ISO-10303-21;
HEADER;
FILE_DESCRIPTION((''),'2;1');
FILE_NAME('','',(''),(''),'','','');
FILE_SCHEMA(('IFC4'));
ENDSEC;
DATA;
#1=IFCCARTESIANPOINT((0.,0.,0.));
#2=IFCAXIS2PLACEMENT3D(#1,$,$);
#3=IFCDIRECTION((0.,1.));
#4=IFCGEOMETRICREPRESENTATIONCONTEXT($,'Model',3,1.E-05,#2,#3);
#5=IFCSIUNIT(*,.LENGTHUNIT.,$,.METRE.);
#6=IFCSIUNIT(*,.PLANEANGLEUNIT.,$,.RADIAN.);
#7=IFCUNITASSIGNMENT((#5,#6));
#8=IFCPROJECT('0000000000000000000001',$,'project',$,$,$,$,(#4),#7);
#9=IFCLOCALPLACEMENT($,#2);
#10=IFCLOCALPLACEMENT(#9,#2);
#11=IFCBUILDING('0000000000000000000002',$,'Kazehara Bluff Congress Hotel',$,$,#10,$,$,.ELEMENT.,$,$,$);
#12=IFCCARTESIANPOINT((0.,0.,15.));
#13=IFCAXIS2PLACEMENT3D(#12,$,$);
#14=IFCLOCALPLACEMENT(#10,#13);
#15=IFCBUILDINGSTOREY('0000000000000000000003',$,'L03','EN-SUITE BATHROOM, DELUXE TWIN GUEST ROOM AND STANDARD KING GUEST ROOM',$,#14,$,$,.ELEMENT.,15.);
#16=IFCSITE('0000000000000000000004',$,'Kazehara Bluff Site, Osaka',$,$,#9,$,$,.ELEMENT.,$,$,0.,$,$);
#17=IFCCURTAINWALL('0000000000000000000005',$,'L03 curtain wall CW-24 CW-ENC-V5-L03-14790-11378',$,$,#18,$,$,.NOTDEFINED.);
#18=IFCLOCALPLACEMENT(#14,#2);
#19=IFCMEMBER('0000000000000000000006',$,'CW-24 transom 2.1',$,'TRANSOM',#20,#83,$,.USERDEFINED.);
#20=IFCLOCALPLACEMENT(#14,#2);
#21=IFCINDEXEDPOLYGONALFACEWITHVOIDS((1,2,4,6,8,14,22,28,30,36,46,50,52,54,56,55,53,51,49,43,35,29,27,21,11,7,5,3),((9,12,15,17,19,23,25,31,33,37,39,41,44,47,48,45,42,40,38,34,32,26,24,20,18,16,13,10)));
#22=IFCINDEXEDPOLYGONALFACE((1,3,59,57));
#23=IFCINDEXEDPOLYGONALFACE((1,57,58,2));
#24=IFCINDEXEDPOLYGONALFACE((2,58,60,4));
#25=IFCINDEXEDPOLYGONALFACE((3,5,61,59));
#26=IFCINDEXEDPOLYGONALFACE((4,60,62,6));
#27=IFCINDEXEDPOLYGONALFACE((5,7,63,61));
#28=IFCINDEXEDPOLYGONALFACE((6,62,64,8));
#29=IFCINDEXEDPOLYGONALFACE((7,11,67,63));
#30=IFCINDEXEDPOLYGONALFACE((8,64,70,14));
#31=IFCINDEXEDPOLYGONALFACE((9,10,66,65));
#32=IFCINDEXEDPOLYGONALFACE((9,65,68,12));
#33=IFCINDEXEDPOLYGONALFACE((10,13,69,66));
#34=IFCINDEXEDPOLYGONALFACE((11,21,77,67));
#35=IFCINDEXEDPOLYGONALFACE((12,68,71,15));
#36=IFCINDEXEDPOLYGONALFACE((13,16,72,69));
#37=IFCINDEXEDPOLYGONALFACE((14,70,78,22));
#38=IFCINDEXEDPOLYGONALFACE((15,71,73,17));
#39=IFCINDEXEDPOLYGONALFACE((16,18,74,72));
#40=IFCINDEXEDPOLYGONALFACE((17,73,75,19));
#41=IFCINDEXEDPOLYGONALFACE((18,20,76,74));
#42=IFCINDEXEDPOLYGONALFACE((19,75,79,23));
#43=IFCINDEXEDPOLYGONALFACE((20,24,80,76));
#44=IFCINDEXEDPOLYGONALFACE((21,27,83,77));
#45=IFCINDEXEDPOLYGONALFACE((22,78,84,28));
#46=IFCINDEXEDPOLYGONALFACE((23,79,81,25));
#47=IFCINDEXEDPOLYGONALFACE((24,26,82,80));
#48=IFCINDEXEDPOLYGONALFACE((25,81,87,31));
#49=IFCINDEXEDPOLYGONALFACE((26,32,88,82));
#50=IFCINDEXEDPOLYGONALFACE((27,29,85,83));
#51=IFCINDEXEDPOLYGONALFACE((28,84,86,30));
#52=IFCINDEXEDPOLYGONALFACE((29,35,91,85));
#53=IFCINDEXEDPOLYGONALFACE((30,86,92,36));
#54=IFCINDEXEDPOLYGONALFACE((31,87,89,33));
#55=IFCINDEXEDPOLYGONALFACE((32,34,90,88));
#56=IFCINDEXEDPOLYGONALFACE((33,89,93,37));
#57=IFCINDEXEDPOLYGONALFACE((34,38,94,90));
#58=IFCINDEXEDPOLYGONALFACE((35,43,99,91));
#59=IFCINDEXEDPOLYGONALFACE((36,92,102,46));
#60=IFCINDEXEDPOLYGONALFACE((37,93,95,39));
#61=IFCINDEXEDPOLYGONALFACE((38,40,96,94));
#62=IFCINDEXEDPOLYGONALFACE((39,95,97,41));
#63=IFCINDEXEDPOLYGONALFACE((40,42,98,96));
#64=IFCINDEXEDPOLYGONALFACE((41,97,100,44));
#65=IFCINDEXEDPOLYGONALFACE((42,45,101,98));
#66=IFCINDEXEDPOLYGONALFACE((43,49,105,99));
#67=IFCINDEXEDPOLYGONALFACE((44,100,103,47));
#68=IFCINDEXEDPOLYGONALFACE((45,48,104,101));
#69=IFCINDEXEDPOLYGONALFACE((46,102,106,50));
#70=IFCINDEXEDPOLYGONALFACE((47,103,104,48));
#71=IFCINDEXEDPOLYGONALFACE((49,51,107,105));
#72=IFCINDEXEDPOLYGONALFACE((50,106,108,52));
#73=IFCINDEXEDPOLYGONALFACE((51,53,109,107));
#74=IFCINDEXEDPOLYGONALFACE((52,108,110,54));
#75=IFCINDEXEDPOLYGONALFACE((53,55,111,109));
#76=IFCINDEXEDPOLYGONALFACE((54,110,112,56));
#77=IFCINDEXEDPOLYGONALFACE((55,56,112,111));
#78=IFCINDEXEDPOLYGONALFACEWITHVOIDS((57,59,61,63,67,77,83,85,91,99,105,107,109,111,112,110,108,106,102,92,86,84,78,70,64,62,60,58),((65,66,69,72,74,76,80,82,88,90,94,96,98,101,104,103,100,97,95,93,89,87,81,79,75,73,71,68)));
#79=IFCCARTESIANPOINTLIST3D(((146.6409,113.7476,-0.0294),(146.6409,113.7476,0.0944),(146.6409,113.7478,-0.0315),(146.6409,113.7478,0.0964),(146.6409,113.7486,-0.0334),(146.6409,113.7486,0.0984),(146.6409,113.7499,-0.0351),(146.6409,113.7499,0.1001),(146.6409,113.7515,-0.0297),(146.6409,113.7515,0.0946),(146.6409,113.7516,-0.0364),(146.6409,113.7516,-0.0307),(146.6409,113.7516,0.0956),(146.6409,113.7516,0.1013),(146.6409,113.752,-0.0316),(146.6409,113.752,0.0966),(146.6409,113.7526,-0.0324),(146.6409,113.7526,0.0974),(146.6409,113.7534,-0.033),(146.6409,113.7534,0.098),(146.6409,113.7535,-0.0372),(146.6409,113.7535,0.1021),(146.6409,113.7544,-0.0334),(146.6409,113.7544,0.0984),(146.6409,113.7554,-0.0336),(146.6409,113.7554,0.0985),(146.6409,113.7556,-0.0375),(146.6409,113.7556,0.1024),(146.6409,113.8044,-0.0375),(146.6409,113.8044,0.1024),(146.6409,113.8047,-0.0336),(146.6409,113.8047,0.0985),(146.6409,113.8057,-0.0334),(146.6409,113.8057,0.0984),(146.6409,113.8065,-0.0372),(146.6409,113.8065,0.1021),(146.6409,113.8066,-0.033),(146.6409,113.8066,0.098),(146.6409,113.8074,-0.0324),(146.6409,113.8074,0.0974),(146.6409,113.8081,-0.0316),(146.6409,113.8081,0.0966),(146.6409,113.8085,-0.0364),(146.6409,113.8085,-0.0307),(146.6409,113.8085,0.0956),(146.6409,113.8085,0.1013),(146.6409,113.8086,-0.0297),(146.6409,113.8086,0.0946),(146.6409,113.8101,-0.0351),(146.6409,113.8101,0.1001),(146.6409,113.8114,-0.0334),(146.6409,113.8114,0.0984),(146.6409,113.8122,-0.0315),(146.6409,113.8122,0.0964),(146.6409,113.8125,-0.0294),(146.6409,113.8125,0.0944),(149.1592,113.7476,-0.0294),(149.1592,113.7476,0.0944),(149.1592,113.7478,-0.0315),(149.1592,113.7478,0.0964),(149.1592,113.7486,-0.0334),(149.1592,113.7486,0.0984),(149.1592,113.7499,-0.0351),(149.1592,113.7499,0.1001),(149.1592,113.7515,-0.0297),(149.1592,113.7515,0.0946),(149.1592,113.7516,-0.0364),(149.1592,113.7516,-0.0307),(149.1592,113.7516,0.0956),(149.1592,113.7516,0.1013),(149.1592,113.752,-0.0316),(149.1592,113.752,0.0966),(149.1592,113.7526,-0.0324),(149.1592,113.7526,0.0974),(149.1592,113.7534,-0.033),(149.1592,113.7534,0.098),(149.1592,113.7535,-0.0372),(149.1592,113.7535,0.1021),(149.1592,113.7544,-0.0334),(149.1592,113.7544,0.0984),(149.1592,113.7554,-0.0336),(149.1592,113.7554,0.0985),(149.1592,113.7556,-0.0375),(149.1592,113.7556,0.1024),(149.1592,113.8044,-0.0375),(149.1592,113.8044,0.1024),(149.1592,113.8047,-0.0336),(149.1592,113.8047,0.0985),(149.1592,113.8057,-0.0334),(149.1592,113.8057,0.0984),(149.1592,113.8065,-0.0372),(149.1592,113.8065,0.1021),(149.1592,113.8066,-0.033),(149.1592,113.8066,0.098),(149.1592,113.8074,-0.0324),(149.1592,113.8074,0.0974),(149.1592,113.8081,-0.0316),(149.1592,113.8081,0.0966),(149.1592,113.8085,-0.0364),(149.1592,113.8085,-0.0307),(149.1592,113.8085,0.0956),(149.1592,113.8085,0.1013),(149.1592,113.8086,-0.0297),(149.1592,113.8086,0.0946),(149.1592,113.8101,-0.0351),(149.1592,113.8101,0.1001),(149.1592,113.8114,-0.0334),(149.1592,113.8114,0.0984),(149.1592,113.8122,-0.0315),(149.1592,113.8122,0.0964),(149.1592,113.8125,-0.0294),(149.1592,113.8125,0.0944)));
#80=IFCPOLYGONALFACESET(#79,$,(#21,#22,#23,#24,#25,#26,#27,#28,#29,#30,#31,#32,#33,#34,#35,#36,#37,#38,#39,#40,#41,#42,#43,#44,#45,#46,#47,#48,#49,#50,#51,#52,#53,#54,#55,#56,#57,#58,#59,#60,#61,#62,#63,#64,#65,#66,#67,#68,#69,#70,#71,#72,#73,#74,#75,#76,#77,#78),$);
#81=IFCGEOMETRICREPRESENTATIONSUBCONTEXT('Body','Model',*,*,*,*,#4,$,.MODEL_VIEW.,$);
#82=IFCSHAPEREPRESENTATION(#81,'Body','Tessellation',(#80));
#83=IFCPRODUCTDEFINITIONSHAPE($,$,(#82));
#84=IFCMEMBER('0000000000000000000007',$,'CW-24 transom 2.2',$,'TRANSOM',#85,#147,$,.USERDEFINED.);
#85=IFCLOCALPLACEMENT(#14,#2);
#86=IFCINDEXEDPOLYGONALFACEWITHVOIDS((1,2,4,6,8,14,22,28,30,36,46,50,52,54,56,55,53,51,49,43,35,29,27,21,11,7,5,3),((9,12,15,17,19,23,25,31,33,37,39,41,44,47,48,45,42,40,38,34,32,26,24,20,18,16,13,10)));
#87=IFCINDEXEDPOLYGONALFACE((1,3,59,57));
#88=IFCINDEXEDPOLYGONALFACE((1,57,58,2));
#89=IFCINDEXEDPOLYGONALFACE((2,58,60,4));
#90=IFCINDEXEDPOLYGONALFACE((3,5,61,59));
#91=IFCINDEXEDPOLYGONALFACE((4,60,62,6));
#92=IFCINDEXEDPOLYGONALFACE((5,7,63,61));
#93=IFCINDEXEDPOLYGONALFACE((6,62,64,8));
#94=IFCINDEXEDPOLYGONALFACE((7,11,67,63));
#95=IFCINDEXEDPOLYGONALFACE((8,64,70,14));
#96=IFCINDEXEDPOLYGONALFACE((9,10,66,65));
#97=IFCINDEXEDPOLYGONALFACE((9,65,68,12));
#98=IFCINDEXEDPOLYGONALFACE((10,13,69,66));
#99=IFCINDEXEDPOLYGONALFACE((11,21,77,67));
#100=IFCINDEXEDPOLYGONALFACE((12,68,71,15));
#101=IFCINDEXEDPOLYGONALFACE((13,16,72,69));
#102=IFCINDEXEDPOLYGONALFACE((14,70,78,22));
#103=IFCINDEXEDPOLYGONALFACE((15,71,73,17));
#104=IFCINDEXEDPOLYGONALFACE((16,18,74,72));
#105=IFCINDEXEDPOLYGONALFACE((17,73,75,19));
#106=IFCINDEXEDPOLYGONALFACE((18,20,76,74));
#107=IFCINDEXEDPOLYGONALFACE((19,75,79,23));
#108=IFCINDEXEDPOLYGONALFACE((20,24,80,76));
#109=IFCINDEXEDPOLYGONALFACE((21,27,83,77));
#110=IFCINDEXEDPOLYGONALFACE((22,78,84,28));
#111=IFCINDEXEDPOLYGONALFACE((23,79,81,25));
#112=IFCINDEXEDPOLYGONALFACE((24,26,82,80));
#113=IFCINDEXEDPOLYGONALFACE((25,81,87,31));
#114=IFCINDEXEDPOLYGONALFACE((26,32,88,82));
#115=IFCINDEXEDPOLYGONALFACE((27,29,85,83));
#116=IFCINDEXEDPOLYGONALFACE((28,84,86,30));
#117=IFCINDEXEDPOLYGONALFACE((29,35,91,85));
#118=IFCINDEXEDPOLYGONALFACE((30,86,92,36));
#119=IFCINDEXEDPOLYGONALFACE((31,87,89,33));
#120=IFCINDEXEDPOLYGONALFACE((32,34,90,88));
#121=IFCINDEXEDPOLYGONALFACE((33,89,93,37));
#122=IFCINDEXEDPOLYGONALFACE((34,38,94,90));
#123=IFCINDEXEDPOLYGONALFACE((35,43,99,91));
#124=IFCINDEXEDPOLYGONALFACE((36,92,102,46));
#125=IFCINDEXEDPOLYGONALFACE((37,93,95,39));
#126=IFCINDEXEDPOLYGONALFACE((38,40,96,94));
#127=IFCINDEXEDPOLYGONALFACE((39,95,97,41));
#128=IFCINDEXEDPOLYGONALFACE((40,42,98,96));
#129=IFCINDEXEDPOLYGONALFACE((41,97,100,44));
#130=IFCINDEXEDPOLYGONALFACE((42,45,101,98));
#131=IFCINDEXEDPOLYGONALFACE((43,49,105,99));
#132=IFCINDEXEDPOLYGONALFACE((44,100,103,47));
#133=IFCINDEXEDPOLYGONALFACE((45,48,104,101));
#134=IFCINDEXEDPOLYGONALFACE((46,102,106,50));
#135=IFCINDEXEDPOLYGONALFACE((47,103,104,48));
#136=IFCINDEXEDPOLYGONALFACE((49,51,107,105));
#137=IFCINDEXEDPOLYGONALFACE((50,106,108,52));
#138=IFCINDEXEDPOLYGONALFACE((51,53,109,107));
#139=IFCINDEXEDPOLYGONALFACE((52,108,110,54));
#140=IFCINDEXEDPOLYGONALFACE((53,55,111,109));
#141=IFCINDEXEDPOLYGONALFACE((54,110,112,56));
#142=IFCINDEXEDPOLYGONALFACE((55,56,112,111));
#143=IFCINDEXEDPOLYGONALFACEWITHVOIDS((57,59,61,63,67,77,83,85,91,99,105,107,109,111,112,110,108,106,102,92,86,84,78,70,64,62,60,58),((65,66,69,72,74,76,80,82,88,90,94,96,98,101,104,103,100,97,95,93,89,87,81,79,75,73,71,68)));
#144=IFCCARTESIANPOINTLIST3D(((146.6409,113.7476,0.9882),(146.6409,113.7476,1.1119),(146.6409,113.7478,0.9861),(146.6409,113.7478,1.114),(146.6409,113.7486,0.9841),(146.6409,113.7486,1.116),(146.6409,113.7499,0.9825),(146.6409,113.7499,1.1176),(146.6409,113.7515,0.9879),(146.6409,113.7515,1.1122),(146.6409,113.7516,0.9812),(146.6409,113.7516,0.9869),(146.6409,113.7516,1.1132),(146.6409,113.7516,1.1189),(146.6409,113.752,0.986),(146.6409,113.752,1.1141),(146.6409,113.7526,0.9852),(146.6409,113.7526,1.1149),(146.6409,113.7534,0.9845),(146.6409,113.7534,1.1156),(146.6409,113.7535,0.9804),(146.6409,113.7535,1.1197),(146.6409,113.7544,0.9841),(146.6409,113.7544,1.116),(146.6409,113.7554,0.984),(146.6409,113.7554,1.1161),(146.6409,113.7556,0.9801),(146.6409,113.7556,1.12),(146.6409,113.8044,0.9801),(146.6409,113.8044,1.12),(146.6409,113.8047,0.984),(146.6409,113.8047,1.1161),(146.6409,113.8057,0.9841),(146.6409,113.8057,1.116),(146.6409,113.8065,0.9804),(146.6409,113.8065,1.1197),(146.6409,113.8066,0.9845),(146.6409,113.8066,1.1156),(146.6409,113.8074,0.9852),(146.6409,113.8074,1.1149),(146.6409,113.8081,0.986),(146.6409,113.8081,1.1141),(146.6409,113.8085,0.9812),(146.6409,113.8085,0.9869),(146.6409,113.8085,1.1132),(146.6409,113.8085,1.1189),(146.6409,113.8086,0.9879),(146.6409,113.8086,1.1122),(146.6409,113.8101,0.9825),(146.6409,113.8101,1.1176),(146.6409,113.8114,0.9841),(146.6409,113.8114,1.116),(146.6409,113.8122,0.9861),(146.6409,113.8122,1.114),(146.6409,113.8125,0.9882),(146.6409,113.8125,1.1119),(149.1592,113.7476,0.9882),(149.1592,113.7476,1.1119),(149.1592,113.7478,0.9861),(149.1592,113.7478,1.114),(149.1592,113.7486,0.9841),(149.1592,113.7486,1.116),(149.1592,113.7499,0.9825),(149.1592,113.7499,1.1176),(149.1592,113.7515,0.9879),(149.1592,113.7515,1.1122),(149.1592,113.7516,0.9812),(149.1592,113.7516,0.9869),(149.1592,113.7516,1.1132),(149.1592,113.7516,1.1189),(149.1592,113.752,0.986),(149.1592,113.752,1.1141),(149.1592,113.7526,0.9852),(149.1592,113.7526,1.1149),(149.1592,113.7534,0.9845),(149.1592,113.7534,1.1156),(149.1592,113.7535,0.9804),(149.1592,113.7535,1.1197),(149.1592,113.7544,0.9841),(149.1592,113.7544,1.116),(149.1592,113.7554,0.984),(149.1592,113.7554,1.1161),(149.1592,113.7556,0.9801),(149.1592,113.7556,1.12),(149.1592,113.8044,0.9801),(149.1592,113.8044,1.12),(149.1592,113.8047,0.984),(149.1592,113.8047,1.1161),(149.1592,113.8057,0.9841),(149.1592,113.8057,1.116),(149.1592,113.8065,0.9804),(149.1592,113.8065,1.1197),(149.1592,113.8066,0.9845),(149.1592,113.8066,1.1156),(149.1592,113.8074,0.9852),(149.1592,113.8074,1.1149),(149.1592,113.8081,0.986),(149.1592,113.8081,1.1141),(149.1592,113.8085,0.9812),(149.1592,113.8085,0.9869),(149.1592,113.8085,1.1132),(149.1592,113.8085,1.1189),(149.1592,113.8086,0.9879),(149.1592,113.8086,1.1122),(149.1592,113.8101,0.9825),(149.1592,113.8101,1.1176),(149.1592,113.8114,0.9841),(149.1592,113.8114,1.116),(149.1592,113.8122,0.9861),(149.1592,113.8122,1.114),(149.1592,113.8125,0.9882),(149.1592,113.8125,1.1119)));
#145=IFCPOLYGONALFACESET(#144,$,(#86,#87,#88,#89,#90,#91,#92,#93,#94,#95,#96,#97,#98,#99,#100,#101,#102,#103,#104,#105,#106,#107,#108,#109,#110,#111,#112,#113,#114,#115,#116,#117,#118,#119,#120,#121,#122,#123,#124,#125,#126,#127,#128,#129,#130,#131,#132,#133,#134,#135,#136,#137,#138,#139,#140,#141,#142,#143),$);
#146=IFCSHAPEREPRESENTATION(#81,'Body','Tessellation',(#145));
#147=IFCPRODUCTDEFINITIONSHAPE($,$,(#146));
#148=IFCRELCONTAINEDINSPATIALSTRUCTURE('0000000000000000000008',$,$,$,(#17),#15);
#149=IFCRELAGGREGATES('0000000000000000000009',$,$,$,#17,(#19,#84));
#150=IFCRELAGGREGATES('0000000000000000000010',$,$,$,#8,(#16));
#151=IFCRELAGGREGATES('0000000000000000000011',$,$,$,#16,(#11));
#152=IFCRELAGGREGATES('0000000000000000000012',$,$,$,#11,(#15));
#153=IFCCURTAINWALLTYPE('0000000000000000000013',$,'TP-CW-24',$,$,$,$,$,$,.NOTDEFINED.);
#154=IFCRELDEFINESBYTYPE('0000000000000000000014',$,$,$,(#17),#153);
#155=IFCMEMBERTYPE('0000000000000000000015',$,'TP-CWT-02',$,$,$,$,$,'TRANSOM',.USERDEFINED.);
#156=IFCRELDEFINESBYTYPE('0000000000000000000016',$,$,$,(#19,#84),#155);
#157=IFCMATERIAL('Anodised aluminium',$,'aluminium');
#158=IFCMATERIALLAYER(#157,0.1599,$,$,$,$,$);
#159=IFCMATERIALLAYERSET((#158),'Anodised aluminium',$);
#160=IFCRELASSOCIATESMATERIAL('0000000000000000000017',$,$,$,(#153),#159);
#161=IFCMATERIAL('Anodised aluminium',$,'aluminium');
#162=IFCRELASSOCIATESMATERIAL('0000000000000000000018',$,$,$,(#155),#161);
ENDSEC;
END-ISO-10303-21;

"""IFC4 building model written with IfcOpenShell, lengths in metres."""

from ifc_helpers import new_model, si_unit, direction, frame, origin, origin_2d, place, context, subcontext, project, spatial, hollow_rectangle, extrude, material, layer, layer_set, material_profile, profile_set, type_object, element, aggregate, save


model = new_model("IFC4")

# Units and contexts
model_context = context("Model", 3, precision=1e-05, world=origin(), true_north=direction((0.0, 1.0)))
body_context = subcontext(model_context, "Body", "Model", "MODEL_VIEW")
ifc_project = project(units=[si_unit("LENGTHUNIT", "METRE"), si_unit("PLANEANGLEUNIT", "RADIAN")], contexts=[model_context])

# Site, building, storey
site_placement = place(None, origin())
site = spatial("IfcSite", under=ifc_project, at=site_placement, Name="Kazehara Bluff Site, Osaka", CompositionType="ELEMENT", RefElevation=0.0)
building_placement = place(site_placement, origin())
building = spatial("IfcBuilding", under=site, at=building_placement, Name="Kazehara Bluff Congress Hotel", CompositionType="ELEMENT")
storey_placement = place(building_placement, frame((0.0, 0.0, 15.0)))
storey = spatial("IfcBuildingStorey", under=building, at=storey_placement, Name="L03", Description="EN-SUITE BATHROOM, DELUXE TWIN GUEST ROOM AND STANDARD KING GUEST ROOM", CompositionType="ELEMENT", Elevation=15.0)

# Curtain wall, members
ifc_material_1 = material(Name="Anodised aluminium", Category="aluminium")
ifc_layer_1 = layer(ifc_material_1, 0.1599)
ifc_layer_set_1 = layer_set([ifc_layer_1], Name="Anodised aluminium")
curtain_wall_type = type_object("IfcCurtainWallType", Name="TP-CW-24", PredefinedType="NOTDEFINED", material=ifc_layer_set_1)
curtain_wall_placement = place(storey_placement, origin())
curtain_wall = element("IfcCurtainWall", 1, at=curtain_wall_placement, inside=storey, type_object=curtain_wall_type, Name="L03 curtain wall CW-24 CW-ENC-V5-L03-14790-11378", PredefinedType="NOTDEFINED")
ifc_material_2 = material(Name="Anodised aluminium", Category="aluminium")
ifc_material_profile_1 = material_profile(ifc_material_2, hollow_rectangle(XDim=0.0649, YDim=0.1399, WallThickness=0.0039, InnerFilletRadius=0.0039, OuterFilletRadius=0.0081, at=origin_2d()))
ifc_profile_set_1 = profile_set([ifc_material_profile_1], Name="Anodised aluminium")
member_type_1 = type_object("IfcMemberType", Name="TP-CWT-02", ElementType="TRANSOM", PredefinedType="USERDEFINED", material=ifc_profile_set_1)
member_1_placement = place(storey_placement, frame((146.6409, 113.78, 0.0325), z_axis=(1.0, 0.0, 0.0), x_axis=(0.0, 1.0, 0.0)))
member_1 = element("IfcMember", 2, at=member_1_placement, type_object=member_type_1, Name="CW-24 transom 2.1", ObjectType="TRANSOM", PredefinedType="USERDEFINED", context=body_context, shape_type="SweptSolid", body=[
    extrude(hollow_rectangle(XDim=0.0649, YDim=0.1399, WallThickness=0.0039, InnerFilletRadius=0.0039, OuterFilletRadius=0.0081, at=origin_2d()), origin(), (0.0, 0.0, 1.0), 2.5183),
])
member_2_placement = place(storey_placement, frame((146.6409, 113.78, 1.05), z_axis=(1.0, 0.0, 0.0), x_axis=(0.0, 1.0, 0.0)))
member_2 = element("IfcMember", 3, at=member_2_placement, type_object=member_type_1, Name="CW-24 transom 2.2", ObjectType="TRANSOM", PredefinedType="USERDEFINED", context=body_context, shape_type="SweptSolid", body=[
    extrude(hollow_rectangle(XDim=0.0649, YDim=0.1399, WallThickness=0.0039, InnerFilletRadius=0.0039, OuterFilletRadius=0.0081, at=origin_2d()), origin(), (0.0, 0.0, 1.0), 2.5183),
])

aggregate(curtain_wall, [member_1, member_2])

save(model, "model.ifc")
